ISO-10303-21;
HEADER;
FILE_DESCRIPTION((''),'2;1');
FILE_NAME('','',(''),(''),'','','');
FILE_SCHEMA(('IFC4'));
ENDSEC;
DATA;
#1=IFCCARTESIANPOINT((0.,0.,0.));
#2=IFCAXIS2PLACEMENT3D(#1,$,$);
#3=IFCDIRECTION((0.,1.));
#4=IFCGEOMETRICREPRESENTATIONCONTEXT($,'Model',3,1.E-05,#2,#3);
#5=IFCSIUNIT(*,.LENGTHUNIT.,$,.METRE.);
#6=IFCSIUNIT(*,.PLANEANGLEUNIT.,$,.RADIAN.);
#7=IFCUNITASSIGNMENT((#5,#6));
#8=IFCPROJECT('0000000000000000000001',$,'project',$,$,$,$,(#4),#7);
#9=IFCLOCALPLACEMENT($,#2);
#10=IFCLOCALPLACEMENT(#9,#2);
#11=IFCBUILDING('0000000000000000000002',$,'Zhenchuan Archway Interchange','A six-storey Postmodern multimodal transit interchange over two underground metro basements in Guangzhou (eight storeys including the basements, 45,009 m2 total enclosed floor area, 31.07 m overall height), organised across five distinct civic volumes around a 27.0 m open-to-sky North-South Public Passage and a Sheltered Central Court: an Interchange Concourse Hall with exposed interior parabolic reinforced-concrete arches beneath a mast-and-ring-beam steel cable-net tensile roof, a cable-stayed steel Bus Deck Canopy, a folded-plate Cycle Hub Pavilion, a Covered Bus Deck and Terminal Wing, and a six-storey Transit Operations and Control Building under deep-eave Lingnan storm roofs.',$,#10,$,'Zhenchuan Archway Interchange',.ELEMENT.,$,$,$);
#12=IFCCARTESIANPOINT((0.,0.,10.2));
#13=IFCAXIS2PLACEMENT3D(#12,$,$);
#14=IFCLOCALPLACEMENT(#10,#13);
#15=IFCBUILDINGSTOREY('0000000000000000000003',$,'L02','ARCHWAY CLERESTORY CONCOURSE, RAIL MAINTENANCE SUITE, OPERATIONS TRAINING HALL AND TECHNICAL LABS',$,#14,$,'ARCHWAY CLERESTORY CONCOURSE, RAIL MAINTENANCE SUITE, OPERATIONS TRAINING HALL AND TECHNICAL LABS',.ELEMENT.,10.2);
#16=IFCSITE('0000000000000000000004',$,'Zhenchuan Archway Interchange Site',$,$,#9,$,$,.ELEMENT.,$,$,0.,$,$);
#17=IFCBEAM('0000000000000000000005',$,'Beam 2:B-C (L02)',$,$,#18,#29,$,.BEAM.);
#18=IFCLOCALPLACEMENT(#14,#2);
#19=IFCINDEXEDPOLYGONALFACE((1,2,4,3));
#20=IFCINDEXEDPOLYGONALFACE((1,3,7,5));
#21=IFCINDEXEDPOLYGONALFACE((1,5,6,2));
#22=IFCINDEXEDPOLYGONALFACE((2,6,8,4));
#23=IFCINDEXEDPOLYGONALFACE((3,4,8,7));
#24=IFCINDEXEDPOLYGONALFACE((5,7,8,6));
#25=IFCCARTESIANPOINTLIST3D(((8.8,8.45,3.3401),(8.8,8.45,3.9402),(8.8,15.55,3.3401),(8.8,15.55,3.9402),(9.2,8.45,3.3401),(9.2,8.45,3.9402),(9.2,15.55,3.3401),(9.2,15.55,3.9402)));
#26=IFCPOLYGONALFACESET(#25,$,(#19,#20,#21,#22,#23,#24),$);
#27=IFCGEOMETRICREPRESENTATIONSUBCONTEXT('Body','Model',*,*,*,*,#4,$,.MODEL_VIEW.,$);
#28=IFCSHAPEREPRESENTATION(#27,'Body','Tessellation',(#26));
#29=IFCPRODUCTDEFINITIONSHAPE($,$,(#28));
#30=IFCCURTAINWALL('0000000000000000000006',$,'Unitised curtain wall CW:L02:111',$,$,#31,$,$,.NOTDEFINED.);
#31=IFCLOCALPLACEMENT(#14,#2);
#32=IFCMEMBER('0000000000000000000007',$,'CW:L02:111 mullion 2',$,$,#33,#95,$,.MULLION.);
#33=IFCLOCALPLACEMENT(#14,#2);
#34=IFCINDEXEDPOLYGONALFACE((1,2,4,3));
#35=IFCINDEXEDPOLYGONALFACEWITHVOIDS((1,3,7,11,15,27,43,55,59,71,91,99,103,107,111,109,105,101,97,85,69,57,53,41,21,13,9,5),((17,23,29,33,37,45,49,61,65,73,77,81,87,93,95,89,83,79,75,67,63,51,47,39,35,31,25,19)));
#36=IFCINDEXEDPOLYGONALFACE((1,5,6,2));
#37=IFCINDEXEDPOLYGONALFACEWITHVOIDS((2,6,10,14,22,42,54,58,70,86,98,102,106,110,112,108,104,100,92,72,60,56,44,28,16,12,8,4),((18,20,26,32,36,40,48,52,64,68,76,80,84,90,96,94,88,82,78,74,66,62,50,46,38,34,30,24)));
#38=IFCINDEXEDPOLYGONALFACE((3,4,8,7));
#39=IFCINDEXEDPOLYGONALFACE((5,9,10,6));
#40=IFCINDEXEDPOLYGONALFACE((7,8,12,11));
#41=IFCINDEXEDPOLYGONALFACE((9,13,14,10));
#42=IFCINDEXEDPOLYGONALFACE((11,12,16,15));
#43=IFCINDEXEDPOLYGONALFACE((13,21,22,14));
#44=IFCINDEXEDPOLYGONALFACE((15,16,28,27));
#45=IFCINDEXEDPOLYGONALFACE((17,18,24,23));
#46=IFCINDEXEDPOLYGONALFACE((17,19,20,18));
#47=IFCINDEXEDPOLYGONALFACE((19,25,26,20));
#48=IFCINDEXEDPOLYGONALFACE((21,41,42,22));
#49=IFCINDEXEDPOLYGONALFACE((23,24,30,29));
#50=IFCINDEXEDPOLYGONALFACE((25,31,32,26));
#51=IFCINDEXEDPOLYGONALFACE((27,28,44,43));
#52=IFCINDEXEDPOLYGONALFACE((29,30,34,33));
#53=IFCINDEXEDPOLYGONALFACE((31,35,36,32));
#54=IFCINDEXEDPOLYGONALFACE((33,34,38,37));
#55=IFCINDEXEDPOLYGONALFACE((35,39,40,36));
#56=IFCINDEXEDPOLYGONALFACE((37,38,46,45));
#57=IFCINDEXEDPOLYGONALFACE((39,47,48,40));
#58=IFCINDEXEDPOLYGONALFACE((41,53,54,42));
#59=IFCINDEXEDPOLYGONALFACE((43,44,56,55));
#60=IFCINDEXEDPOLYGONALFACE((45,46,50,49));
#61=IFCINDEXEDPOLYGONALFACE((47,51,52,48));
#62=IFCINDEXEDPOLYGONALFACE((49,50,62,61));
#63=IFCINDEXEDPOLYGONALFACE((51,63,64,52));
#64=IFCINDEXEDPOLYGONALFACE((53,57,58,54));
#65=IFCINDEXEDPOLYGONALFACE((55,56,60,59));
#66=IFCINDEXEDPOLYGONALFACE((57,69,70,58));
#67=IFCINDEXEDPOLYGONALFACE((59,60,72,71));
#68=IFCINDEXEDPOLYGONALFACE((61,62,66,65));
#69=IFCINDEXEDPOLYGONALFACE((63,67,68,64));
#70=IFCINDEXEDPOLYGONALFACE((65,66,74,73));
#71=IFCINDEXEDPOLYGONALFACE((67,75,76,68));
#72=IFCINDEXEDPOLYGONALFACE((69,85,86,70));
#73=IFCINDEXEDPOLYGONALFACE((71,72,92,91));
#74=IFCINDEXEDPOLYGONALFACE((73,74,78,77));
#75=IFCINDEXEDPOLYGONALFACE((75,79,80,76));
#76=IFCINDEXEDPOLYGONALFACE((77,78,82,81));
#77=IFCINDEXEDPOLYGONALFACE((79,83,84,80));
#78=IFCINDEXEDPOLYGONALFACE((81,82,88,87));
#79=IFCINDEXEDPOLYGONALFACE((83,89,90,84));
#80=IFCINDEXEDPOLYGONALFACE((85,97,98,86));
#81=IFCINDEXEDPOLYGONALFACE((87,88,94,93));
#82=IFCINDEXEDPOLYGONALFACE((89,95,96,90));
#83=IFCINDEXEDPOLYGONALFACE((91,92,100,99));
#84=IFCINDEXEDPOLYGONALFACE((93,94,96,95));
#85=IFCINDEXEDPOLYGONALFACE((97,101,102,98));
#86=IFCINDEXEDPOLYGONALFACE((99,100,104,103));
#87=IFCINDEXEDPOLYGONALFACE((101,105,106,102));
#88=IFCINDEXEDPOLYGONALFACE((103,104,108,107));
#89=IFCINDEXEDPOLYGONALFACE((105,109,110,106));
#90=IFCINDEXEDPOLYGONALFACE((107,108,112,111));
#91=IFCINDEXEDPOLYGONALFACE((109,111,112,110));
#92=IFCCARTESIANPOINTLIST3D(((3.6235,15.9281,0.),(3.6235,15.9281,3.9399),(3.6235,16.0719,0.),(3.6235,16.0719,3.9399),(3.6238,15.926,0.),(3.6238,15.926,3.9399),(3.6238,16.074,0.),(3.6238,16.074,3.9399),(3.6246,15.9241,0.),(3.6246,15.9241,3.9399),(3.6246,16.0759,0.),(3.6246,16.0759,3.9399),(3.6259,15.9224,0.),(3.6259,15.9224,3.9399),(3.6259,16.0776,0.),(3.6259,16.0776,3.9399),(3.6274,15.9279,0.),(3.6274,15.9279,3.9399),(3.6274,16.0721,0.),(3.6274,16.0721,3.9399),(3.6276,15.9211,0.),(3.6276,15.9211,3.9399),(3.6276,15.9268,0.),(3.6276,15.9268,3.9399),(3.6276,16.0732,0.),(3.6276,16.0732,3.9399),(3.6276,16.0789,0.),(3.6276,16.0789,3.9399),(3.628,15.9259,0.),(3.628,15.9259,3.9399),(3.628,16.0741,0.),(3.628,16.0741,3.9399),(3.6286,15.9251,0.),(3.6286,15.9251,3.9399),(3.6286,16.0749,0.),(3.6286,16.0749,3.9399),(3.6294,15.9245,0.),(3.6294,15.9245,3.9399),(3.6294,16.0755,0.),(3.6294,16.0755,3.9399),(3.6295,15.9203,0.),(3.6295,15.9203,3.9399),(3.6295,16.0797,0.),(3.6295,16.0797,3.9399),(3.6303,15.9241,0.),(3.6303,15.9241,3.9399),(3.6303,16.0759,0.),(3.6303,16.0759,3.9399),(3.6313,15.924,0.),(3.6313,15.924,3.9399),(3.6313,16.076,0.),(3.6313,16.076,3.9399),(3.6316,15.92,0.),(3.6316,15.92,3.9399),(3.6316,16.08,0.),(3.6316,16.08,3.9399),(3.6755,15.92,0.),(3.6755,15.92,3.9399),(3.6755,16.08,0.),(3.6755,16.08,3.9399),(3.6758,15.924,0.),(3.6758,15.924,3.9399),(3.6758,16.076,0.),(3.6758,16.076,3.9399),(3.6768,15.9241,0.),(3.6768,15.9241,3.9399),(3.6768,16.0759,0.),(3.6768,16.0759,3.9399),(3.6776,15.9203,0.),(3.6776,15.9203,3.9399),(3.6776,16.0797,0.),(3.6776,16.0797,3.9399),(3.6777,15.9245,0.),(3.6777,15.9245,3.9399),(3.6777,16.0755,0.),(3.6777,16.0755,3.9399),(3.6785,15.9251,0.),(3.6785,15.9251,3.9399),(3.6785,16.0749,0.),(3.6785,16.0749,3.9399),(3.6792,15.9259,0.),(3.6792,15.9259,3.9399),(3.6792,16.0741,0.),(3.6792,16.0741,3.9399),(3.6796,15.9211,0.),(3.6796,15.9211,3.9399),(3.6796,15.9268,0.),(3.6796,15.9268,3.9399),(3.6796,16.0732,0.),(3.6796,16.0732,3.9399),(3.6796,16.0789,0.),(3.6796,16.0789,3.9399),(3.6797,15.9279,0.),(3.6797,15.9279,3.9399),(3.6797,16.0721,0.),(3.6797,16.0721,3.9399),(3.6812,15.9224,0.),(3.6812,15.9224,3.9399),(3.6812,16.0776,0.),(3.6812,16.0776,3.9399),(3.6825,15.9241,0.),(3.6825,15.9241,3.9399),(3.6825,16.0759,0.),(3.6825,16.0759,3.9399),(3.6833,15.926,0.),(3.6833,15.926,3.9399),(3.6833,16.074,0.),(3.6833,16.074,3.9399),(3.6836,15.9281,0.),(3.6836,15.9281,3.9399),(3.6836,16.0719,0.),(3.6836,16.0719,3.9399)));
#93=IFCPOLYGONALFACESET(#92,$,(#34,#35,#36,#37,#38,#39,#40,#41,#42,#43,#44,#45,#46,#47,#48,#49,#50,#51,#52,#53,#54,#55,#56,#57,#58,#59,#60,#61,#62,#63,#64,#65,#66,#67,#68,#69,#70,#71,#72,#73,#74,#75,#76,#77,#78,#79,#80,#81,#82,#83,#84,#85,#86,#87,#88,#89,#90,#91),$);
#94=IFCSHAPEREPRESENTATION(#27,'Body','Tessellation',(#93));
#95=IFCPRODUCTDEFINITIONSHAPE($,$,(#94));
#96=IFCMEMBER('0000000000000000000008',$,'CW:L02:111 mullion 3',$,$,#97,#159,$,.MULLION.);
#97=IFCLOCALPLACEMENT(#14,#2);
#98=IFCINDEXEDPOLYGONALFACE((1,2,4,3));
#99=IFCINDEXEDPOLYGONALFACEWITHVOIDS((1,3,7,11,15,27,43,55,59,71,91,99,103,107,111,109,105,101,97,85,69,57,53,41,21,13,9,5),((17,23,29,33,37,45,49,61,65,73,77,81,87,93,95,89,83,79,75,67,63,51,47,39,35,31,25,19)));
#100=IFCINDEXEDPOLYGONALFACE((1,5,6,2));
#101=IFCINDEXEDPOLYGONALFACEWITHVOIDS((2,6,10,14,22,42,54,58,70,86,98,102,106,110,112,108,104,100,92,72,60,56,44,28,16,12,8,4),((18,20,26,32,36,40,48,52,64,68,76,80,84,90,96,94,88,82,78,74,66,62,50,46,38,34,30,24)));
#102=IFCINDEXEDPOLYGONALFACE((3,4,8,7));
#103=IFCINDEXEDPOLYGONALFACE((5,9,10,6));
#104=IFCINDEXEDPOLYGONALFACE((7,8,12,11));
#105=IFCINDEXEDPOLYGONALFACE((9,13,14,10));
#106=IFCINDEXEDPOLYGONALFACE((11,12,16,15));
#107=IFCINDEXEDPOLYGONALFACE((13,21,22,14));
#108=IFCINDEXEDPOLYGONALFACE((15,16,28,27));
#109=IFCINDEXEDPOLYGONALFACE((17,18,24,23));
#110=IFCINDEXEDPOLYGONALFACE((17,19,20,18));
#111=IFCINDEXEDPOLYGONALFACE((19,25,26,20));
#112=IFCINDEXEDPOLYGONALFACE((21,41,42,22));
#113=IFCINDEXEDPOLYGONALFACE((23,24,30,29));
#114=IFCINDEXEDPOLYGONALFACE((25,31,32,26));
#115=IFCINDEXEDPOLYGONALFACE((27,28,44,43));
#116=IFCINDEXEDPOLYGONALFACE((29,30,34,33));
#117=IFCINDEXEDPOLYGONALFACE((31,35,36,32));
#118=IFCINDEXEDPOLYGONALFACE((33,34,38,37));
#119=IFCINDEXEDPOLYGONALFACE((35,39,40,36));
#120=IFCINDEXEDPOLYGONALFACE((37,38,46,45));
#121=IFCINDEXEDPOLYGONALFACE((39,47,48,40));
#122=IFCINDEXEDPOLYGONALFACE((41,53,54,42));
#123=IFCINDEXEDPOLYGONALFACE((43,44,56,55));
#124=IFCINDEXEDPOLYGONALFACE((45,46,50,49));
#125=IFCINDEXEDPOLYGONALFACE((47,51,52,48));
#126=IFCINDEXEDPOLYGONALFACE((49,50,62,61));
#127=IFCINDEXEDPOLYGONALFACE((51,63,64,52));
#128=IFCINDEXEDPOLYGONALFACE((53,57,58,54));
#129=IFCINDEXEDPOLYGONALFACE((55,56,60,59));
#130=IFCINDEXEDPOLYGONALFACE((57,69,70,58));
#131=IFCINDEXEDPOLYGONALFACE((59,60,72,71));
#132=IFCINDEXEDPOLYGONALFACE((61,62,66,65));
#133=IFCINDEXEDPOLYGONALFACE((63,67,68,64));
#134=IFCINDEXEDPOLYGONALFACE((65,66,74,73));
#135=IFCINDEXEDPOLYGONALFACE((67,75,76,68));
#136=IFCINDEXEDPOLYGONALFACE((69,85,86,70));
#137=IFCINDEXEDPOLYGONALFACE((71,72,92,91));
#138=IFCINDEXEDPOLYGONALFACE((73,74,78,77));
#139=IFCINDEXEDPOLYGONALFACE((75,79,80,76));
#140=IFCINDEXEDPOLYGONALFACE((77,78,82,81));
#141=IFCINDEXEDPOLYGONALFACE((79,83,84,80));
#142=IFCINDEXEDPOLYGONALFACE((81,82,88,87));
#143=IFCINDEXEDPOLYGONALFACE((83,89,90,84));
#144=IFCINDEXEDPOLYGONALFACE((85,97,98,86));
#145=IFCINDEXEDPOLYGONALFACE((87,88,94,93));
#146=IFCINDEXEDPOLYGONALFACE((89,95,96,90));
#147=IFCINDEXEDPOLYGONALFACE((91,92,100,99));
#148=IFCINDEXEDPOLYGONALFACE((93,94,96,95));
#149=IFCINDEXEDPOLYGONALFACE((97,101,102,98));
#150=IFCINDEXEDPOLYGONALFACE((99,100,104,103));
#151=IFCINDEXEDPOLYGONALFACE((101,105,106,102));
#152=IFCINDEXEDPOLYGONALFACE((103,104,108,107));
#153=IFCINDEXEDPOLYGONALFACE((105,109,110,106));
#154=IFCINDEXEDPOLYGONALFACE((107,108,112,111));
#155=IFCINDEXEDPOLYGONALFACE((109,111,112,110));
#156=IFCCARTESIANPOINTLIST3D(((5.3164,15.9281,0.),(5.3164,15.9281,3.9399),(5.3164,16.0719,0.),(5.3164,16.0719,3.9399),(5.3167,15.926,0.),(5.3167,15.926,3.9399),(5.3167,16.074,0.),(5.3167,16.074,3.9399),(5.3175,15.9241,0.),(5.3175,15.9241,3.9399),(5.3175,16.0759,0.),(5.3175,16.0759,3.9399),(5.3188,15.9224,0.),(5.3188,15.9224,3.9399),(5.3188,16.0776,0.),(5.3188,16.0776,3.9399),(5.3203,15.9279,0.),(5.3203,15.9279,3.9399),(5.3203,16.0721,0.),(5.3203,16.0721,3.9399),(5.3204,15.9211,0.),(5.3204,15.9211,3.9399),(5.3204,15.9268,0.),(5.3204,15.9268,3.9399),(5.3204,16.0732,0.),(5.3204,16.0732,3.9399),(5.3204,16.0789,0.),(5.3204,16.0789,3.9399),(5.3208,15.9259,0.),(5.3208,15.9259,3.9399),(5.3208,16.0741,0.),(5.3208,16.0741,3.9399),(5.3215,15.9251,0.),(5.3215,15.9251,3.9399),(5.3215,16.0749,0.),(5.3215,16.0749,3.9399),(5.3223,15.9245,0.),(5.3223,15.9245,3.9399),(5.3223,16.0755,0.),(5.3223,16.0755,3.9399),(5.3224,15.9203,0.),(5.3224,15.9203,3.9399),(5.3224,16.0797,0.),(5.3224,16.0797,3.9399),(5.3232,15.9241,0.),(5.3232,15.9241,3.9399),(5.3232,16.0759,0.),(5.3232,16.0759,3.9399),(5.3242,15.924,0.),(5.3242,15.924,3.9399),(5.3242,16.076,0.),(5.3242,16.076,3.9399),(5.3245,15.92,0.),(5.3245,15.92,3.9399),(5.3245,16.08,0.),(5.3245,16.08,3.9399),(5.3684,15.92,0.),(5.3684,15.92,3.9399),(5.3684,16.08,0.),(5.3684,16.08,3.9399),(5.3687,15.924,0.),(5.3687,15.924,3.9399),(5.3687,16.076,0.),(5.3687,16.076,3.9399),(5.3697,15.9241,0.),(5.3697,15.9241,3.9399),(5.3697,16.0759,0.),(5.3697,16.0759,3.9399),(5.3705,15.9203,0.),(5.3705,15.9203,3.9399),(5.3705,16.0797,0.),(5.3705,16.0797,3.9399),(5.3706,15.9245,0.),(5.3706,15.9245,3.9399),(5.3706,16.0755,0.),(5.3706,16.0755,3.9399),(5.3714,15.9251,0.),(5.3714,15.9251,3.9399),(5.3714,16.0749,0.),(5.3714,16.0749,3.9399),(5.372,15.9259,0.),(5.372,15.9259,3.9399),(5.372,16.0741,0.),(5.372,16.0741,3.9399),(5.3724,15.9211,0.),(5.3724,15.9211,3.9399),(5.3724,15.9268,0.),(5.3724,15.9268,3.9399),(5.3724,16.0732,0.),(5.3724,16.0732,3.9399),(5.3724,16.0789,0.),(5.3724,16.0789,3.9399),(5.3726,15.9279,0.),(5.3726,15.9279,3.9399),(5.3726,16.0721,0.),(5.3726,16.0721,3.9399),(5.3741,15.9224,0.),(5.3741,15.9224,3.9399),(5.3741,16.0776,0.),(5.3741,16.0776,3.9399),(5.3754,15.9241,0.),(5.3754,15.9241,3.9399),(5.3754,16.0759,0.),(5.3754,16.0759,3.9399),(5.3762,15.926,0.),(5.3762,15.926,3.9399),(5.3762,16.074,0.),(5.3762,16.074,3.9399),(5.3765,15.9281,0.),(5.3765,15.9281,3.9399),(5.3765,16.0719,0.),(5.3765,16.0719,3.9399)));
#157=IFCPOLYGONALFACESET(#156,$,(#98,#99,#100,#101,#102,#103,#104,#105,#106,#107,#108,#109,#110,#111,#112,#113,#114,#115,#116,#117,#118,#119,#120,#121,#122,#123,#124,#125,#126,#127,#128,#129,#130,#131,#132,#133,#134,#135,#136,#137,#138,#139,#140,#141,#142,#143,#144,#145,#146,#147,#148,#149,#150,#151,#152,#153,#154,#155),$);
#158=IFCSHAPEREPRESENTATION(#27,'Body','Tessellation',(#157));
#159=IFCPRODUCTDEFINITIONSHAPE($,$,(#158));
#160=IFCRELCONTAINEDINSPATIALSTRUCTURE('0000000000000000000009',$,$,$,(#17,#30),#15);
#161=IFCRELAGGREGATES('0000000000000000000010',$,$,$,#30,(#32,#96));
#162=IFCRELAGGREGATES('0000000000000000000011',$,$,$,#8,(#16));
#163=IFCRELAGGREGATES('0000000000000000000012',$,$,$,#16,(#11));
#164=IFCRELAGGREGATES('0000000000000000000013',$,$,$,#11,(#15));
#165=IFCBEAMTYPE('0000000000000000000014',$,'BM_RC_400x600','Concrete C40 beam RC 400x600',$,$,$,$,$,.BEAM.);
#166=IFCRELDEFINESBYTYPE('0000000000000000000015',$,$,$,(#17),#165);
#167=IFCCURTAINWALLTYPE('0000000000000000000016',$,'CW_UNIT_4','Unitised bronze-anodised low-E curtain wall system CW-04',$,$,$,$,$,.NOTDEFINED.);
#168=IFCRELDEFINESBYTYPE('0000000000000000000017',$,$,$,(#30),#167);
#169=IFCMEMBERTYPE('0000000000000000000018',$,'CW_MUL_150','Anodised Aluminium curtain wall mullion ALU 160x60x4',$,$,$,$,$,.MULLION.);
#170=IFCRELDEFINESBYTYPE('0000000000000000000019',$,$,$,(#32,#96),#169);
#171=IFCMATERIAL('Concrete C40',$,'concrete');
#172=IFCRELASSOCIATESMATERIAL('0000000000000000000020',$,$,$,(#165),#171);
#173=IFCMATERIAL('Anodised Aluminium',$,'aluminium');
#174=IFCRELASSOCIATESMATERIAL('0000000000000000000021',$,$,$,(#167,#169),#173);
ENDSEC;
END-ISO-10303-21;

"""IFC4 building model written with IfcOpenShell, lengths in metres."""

from ifc_helpers import new_model, si_unit, direction, frame, origin, origin_2d, place, context, subcontext, project, spatial, rectangle, hollow_rectangle, extrude, material, material_profile, profile_set, type_object, element, aggregate, save


model = new_model("IFC4")

# Units and contexts
model_context = context("Model", 3, precision=1e-05, world=origin(), true_north=direction((0.0, 1.0)))
body_context = subcontext(model_context, "Body", "Model", "MODEL_VIEW")
ifc_project = project(units=[si_unit("LENGTHUNIT", "METRE"), si_unit("PLANEANGLEUNIT", "RADIAN")], contexts=[model_context])

# Site, building, storey
site_placement = place(None, origin())
site = spatial("IfcSite", under=ifc_project, at=site_placement, Name="Zhenchuan Archway Interchange Site", CompositionType="ELEMENT", RefElevation=0.0)
building_placement = place(site_placement, origin())
building = spatial("IfcBuilding", under=site, at=building_placement, Name="Zhenchuan Archway Interchange", Description="A six-storey Postmodern multimodal transit interchange over two underground metro basements in Guangzhou (eight storeys including the basements, 45,009 m2 total enclosed floor area, 31.07 m overall height), organised across five distinct civic volumes around a 27.0 m open-to-sky North-South Public Passage and a Sheltered Central Court: an Interchange Concourse Hall with exposed interior parabolic reinforced-concrete arches beneath a mast-and-ring-beam steel cable-net tensile roof, a cable-stayed steel Bus Deck Canopy, a folded-plate Cycle Hub Pavilion, a Covered Bus Deck and Terminal Wing, and a six-storey Transit Operations and Control Building under deep-eave Lingnan storm roofs.", LongName="Zhenchuan Archway Interchange", CompositionType="ELEMENT")
storey_placement = place(building_placement, frame((0.0, 0.0, 10.2)))
storey = spatial("IfcBuildingStorey", under=building, at=storey_placement, Name="L02", Description="ARCHWAY CLERESTORY CONCOURSE, RAIL MAINTENANCE SUITE, OPERATIONS TRAINING HALL AND TECHNICAL LABS", LongName="ARCHWAY CLERESTORY CONCOURSE, RAIL MAINTENANCE SUITE, OPERATIONS TRAINING HALL AND TECHNICAL LABS", CompositionType="ELEMENT", Elevation=10.2)

# Beam
ifc_material_1 = material(Name="Concrete C40", Category="concrete")
ifc_material_profile_1 = material_profile(ifc_material_1, rectangle(XDim=0.3999, YDim=0.6001, at=origin_2d()), Name="RC 400x600")
ifc_profile_set_1 = profile_set([ifc_material_profile_1], Name="Concrete C40")
beam_type_1 = type_object("IfcBeamType", Name="BM_RC_400x600", Description="Concrete C40 beam RC 400x600", PredefinedType="BEAM", material=ifc_profile_set_1)
beam_1_placement = place(storey_placement, frame((9.0, 8.45, 3.6401), z_axis=(0.0, 1.0, 0.0), x_axis=(-1.0, 0.0, 0.0)))
element("IfcBeam", 1, at=beam_1_placement, inside=storey, type_object=beam_type_1, Name="Beam 2:B-C (L02)", PredefinedType="BEAM", context=body_context, shape_type="SweptSolid", body=[
    extrude(rectangle(XDim=0.3999, YDim=0.6001, at=origin_2d()), origin(), (0.0, 0.0, 1.0), 7.1001),
])

# Curtain wall, members
ifc_material_2 = material(Name="Anodised Aluminium", Category="aluminium")
curtain_wall_type = type_object("IfcCurtainWallType", Name="CW_UNIT_4", Description="Unitised bronze-anodised low-E curtain wall system CW-04", PredefinedType="NOTDEFINED", material=ifc_material_2)
curtain_wall_placement = place(storey_placement, origin())
curtain_wall = element("IfcCurtainWall", 2, at=curtain_wall_placement, inside=storey, type_object=curtain_wall_type, Name="Unitised curtain wall CW:L02:111", PredefinedType="NOTDEFINED")
ifc_material_profile_2 = material_profile(ifc_material_2, hollow_rectangle(XDim=0.0601, YDim=0.1599, WallThickness=0.0039, InnerFilletRadius=0.0039, OuterFilletRadius=0.0081, at=origin_2d()), Name="ALU 160x60x4")
ifc_profile_set_2 = profile_set([ifc_material_profile_2], Name="Anodised Aluminium")
member_type_1 = type_object("IfcMemberType", Name="CW_MUL_150", Description="Anodised Aluminium curtain wall mullion ALU 160x60x4", PredefinedType="MULLION", material=ifc_profile_set_2)
member_1_placement = place(storey_placement, frame((3.6536, 16.0, 0.0), z_axis=(0.0, 0.0, 1.0), x_axis=(1.0, 0.0, 0.0)))
member_1 = element("IfcMember", 3, at=member_1_placement, type_object=member_type_1, Name="CW:L02:111 mullion 2", PredefinedType="MULLION", context=body_context, shape_type="SweptSolid", body=[
    extrude(hollow_rectangle(XDim=0.0601, YDim=0.1599, WallThickness=0.0039, InnerFilletRadius=0.0039, OuterFilletRadius=0.0081, at=origin_2d()), origin(), (0.0, 0.0, 1.0), 3.9399),
])
member_2_placement = place(storey_placement, frame((5.3464, 16.0, 0.0), z_axis=(0.0, 0.0, 1.0), x_axis=(1.0, 0.0, 0.0)))
member_2 = element("IfcMember", 4, at=member_2_placement, type_object=member_type_1, Name="CW:L02:111 mullion 3", PredefinedType="MULLION", context=body_context, shape_type="SweptSolid", body=[
    extrude(hollow_rectangle(XDim=0.0601, YDim=0.1599, WallThickness=0.0039, InnerFilletRadius=0.0039, OuterFilletRadius=0.0081, at=origin_2d()), origin(), (0.0, 0.0, 1.0), 3.9399),
])

aggregate(curtain_wall, [member_1, member_2])

save(model, "model.ifc")
